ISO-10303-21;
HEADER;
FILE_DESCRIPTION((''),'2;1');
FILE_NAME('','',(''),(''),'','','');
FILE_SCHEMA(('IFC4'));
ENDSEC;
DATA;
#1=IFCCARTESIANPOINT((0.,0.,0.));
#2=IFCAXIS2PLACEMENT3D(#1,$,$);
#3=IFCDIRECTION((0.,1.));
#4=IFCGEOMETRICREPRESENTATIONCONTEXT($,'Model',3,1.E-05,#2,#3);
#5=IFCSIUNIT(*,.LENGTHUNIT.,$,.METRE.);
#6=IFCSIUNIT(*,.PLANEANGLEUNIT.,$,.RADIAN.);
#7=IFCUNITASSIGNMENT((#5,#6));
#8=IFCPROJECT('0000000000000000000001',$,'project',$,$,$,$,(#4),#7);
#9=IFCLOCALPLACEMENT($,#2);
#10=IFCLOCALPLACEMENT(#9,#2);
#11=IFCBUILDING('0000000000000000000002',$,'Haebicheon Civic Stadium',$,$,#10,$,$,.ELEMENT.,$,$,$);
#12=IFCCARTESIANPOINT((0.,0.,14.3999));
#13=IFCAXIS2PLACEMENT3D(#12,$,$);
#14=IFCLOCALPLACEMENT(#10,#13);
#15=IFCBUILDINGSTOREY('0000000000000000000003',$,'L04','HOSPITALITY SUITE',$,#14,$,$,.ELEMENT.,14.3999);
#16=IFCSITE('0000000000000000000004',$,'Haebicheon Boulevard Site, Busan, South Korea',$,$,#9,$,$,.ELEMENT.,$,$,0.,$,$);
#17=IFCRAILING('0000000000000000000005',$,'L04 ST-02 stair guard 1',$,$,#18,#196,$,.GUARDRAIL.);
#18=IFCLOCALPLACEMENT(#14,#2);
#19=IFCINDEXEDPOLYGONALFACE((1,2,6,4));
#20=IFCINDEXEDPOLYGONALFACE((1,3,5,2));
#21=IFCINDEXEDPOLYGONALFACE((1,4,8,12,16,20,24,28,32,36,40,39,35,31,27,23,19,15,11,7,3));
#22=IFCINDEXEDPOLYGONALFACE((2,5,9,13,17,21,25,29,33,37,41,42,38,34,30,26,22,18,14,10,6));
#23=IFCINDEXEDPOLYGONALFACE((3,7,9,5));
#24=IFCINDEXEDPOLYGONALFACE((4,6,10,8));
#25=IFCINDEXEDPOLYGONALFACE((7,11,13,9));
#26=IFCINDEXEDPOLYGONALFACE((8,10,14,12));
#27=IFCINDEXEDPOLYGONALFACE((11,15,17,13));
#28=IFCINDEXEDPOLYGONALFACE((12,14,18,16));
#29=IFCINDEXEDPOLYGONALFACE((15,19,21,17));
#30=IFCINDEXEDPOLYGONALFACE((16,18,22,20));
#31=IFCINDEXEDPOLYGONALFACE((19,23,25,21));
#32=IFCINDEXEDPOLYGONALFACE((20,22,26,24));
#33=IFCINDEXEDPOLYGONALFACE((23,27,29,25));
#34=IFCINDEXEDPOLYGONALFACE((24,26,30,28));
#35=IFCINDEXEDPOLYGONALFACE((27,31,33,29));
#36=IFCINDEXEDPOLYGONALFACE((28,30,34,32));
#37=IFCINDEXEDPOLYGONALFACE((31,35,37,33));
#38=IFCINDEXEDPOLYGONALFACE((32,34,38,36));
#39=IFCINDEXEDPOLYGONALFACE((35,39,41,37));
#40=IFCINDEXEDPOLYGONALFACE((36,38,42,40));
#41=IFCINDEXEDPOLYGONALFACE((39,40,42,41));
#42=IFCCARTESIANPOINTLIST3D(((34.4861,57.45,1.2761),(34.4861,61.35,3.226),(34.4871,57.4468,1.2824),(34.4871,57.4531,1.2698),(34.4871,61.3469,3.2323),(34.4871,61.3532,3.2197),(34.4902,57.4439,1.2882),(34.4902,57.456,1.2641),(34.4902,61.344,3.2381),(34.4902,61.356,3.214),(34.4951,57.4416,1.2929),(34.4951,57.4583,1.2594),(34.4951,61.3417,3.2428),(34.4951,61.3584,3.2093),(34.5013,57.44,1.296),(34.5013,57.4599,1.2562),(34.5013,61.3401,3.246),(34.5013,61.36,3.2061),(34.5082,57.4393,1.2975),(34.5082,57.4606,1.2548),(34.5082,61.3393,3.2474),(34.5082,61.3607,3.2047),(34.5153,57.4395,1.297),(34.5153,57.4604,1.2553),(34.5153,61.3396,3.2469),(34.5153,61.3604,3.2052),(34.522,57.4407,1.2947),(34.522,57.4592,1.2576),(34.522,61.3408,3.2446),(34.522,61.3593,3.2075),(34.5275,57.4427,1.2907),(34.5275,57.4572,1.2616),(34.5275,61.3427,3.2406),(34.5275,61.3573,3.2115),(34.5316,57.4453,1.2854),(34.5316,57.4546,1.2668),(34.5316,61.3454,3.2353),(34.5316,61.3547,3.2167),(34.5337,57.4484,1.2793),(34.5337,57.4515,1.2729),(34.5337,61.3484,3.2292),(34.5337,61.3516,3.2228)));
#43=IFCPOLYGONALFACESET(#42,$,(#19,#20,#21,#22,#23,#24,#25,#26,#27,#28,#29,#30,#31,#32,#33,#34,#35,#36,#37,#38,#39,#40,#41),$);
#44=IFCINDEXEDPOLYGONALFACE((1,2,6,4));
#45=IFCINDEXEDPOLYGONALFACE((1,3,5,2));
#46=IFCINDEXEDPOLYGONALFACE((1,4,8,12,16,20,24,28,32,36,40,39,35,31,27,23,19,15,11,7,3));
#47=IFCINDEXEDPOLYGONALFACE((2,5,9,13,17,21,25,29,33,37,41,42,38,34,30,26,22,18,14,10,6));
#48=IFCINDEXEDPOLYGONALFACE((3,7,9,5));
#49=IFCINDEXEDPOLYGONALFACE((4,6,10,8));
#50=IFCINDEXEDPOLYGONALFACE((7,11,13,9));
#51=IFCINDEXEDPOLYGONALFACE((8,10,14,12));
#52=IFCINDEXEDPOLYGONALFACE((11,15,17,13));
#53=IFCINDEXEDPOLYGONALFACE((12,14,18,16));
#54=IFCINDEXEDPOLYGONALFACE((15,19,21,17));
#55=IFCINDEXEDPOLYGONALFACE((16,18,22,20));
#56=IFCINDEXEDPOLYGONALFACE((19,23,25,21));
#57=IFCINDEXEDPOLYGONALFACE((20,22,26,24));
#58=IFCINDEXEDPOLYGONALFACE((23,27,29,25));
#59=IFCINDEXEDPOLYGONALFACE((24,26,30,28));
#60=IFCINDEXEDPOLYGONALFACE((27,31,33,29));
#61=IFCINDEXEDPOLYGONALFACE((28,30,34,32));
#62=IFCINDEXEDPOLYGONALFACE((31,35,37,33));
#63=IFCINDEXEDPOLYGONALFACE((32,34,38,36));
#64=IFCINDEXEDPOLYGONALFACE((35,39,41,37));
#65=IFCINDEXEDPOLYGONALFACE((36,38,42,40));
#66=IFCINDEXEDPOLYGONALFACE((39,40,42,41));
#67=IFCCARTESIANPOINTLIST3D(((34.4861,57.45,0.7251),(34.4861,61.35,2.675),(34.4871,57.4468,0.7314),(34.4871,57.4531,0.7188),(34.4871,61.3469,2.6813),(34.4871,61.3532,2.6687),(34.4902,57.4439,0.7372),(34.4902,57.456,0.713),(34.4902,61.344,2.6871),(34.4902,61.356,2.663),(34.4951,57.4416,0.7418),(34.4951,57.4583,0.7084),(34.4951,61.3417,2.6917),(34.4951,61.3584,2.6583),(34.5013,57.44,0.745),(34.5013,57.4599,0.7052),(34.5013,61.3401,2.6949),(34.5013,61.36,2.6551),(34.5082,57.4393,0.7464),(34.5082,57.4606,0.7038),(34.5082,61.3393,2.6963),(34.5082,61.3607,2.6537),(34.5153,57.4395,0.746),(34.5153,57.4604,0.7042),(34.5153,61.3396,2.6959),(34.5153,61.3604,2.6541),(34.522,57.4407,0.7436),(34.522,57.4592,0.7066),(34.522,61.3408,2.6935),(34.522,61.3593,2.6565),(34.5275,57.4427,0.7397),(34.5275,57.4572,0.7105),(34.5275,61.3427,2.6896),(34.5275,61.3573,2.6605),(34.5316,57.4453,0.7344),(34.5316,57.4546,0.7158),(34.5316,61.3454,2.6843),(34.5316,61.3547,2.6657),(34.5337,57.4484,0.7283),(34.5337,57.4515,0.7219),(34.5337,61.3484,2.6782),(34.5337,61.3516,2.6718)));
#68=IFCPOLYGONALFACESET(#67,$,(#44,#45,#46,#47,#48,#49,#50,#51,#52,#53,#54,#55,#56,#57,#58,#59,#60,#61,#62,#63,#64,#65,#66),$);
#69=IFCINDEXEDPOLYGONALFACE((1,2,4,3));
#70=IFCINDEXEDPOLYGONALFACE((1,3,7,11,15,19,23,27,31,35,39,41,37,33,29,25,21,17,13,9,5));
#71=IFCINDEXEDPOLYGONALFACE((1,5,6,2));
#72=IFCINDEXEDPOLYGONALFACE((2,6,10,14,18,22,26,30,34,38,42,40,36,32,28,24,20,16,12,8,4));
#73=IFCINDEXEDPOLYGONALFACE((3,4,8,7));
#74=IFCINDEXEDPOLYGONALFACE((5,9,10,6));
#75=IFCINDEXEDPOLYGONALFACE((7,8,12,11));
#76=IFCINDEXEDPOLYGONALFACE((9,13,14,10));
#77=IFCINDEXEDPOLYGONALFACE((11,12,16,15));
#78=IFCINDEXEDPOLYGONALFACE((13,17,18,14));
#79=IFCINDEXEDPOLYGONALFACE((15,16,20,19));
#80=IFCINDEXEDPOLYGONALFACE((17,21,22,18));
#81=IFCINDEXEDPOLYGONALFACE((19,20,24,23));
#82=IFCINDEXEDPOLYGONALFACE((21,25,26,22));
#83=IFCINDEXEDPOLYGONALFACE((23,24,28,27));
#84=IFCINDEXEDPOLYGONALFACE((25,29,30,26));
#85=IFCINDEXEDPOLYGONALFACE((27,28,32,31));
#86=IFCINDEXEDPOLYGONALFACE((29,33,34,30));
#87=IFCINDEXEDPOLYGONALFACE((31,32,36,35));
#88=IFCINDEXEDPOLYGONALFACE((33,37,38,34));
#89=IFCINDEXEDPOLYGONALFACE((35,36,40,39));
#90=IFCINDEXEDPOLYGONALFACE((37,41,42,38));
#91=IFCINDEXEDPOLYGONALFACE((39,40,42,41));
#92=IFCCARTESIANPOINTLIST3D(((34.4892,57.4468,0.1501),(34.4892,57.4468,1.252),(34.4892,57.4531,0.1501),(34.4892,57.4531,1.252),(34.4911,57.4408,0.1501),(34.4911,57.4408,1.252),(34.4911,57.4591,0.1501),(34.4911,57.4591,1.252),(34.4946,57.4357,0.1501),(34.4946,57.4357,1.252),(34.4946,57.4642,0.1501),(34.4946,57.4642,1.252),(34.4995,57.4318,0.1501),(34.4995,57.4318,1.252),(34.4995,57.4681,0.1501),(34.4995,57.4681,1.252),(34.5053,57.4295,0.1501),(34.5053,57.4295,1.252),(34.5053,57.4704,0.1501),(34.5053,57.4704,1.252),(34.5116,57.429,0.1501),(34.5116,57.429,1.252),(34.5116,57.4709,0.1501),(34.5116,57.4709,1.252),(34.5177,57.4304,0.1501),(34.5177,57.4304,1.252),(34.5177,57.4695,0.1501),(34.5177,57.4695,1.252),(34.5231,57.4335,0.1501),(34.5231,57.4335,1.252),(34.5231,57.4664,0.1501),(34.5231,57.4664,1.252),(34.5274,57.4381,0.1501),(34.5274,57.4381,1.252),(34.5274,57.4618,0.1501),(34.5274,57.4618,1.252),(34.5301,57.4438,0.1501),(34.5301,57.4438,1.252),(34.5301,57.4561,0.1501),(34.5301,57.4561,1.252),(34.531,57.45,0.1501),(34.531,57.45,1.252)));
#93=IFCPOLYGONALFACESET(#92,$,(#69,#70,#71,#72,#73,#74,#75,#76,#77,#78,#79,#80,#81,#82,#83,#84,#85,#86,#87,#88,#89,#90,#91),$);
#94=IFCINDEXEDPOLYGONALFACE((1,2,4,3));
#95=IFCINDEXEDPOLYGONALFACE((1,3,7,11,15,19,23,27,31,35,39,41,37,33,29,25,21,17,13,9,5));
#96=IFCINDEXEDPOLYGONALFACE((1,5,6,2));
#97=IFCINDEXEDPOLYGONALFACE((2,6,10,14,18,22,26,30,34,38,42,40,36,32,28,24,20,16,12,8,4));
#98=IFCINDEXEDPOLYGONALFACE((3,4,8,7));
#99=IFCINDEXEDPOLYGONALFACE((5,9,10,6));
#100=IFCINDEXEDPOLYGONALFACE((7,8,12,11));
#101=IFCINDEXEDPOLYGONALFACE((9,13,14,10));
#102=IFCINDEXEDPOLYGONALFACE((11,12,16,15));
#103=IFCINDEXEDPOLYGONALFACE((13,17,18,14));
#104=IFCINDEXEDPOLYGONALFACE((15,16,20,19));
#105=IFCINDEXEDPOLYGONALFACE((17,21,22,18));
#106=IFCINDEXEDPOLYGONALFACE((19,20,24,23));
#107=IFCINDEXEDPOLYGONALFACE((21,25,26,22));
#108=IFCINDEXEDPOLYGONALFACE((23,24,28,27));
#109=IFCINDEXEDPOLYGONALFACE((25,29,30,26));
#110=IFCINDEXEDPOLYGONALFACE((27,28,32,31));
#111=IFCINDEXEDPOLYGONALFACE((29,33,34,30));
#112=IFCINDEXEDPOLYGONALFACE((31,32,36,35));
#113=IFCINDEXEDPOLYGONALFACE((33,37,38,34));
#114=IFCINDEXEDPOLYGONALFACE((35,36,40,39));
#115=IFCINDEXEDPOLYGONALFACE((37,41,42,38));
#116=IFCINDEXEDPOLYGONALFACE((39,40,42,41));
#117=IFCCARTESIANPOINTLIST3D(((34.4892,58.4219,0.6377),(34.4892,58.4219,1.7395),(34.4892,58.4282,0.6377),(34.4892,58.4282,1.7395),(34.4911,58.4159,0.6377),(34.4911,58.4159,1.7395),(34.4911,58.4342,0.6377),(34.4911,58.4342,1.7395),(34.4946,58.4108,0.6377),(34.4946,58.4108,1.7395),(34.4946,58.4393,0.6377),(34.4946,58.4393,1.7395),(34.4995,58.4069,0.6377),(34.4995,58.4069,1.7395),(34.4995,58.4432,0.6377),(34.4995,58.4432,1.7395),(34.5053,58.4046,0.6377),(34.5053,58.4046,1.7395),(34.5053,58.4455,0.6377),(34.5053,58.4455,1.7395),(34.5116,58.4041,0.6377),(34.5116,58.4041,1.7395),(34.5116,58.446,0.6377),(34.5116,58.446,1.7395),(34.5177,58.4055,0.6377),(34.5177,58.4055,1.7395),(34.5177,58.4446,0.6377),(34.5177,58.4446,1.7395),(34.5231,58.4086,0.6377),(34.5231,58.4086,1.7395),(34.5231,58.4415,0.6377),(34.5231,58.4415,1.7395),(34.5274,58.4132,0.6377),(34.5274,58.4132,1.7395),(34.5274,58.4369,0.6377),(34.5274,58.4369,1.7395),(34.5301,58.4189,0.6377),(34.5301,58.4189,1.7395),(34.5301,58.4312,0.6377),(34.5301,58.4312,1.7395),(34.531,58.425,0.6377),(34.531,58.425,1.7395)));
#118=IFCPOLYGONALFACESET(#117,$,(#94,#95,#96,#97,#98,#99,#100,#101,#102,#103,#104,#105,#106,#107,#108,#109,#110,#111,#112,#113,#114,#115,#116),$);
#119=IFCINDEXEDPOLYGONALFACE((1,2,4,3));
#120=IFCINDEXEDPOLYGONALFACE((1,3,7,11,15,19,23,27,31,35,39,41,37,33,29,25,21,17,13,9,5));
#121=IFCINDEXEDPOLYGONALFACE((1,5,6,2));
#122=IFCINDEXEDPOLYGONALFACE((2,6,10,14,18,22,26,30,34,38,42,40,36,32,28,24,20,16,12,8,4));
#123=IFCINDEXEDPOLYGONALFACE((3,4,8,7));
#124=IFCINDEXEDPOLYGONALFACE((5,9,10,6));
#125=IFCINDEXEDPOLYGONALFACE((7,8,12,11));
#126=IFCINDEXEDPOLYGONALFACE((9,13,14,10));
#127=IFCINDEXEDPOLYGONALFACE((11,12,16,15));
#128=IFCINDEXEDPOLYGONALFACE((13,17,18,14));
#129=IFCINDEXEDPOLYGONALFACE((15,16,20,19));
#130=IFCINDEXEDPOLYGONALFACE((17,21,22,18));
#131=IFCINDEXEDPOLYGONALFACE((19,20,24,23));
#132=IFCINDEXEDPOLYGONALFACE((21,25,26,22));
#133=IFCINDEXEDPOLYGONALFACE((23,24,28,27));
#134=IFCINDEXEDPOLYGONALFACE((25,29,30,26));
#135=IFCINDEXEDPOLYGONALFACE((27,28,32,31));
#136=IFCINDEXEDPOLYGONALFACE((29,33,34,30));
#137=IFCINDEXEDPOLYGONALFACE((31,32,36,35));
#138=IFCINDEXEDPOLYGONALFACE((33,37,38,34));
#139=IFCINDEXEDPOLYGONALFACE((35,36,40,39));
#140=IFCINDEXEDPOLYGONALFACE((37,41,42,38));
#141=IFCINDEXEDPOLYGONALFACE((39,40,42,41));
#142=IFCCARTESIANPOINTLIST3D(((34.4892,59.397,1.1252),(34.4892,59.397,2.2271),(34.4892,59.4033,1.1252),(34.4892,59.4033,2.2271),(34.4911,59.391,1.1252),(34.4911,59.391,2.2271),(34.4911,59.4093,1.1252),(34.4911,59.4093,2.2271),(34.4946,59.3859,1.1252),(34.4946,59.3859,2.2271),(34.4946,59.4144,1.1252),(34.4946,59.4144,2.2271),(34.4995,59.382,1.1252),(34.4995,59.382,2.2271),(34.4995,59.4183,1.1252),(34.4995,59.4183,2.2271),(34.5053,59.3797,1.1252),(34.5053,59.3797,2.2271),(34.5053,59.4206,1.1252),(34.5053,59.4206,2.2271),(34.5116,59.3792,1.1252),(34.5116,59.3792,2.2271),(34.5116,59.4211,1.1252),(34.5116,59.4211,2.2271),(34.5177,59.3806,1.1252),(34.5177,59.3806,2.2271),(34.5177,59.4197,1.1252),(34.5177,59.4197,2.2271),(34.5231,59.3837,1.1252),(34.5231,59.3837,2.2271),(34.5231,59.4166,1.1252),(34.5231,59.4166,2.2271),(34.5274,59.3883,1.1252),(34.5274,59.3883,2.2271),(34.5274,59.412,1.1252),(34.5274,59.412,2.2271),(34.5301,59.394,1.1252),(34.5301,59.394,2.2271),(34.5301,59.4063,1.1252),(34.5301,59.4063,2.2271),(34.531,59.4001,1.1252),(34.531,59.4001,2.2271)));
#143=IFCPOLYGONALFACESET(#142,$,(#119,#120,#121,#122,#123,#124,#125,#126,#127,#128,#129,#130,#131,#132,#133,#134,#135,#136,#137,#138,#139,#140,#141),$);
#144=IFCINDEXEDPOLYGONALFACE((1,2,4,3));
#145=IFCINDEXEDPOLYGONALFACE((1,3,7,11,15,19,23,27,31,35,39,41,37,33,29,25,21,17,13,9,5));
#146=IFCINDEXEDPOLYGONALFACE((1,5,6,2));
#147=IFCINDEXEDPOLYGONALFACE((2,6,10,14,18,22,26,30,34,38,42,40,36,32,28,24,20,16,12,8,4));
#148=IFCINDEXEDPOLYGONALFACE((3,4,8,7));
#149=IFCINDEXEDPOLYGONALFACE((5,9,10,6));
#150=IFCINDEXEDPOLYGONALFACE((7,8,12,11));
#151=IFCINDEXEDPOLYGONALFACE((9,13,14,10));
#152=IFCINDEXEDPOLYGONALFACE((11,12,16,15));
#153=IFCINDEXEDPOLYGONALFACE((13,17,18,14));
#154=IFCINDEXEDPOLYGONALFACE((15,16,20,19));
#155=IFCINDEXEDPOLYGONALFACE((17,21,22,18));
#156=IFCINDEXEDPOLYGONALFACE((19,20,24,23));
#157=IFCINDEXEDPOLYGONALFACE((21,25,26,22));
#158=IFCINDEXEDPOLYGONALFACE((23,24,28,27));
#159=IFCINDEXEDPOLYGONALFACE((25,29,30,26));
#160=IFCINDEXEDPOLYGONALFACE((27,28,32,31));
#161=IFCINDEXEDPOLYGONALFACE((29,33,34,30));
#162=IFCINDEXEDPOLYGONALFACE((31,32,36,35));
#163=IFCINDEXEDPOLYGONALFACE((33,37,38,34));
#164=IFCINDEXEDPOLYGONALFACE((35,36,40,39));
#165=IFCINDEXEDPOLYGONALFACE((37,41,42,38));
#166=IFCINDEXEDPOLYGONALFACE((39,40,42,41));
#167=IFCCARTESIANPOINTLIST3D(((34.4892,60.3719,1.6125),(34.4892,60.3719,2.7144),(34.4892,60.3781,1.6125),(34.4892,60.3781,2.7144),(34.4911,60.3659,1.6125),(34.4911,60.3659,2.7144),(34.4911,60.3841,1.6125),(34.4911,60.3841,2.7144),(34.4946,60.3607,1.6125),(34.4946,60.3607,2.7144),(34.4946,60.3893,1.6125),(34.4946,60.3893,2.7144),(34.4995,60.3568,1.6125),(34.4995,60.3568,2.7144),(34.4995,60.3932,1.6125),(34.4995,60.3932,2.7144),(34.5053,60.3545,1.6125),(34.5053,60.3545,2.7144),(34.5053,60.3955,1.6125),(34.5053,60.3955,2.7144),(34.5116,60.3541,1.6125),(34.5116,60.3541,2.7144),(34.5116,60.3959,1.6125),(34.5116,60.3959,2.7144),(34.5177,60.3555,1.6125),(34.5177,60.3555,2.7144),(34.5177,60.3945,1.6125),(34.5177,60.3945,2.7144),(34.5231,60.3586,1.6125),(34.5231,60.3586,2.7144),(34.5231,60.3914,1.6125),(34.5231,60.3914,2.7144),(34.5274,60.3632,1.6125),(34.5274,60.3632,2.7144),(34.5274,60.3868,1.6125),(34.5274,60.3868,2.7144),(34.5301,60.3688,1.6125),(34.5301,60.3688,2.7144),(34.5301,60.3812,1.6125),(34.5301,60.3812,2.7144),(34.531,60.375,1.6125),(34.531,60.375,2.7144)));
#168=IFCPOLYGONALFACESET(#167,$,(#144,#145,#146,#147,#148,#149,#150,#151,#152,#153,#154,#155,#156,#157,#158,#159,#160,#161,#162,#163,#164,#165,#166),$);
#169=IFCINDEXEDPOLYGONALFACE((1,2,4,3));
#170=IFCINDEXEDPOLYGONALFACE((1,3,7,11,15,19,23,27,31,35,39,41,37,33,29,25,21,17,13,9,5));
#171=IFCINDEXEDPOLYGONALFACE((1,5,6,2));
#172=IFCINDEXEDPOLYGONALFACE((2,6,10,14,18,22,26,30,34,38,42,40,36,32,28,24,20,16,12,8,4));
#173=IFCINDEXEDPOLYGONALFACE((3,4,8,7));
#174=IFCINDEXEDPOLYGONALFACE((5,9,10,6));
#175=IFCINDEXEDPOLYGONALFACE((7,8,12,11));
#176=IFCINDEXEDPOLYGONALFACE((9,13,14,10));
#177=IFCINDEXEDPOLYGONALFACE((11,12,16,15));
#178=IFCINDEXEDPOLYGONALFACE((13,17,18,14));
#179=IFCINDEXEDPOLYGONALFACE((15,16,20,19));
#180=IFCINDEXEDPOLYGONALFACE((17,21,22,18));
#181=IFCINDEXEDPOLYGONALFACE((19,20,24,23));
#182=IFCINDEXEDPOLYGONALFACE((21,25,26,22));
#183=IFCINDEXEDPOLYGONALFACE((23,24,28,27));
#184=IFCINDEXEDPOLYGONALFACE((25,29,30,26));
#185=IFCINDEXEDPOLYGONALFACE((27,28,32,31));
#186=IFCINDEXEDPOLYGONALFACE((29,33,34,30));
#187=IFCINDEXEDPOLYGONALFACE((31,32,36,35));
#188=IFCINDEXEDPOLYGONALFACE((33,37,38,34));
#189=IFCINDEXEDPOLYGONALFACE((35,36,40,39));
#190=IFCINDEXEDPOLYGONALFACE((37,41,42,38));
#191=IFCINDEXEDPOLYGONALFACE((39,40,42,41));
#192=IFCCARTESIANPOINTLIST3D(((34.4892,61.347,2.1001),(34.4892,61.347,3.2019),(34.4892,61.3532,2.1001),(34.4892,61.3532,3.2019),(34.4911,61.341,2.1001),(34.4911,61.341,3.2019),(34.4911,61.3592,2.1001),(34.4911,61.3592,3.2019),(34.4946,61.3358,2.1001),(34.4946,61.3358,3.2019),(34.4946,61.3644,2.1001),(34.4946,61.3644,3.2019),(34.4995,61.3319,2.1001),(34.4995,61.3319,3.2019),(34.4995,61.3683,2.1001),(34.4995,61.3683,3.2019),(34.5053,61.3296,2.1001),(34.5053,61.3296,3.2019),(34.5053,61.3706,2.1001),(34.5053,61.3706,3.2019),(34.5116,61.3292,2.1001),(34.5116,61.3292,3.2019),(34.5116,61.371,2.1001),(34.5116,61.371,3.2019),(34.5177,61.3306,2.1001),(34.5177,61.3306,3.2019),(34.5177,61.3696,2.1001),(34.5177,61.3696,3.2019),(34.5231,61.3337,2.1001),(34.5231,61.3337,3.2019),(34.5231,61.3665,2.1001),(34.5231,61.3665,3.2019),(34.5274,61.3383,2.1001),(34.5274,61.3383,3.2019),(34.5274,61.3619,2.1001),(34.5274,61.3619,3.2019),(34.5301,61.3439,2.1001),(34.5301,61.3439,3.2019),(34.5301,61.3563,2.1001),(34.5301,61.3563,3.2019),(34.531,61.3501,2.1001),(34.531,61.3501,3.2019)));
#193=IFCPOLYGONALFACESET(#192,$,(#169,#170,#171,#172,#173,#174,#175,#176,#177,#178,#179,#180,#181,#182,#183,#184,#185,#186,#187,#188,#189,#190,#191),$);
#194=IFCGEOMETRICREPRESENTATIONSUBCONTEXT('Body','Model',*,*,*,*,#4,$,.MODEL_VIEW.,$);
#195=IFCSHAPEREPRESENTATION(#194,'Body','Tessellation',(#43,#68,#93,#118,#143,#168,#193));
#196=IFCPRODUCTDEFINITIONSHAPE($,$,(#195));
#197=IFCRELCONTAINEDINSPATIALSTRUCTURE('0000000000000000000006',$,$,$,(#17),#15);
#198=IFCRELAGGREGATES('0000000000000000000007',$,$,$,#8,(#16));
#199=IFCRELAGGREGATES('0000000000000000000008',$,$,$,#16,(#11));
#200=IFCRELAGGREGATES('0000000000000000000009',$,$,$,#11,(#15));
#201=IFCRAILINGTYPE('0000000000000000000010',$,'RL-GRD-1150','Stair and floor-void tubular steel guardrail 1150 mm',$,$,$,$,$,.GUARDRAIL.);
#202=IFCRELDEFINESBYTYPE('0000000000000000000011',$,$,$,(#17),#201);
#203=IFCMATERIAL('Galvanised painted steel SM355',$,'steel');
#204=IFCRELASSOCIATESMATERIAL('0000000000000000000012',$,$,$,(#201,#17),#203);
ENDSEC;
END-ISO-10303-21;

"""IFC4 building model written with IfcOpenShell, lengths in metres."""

from ifc_helpers import new_model, si_unit, direction, frame, origin, origin_2d, place, context, subcontext, project, spatial, circle, extrude, material, type_object, element, save


model = new_model("IFC4")

# Units and contexts
model_context = context("Model", 3, precision=1e-05, world=origin(), true_north=direction((0.0, 1.0)))
body_context = subcontext(model_context, "Body", "Model", "MODEL_VIEW")
ifc_project = project(units=[si_unit("LENGTHUNIT", "METRE"), si_unit("PLANEANGLEUNIT", "RADIAN")], contexts=[model_context])

# Site, building, storey
site_placement = place(None, origin())
site = spatial("IfcSite", under=ifc_project, at=site_placement, Name="Haebicheon Boulevard Site, Busan, South Korea", CompositionType="ELEMENT", RefElevation=0.0)
building_placement = place(site_placement, origin())
building = spatial("IfcBuilding", under=site, at=building_placement, Name="Haebicheon Civic Stadium", CompositionType="ELEMENT")
storey_placement = place(building_placement, frame((0.0, 0.0, 14.3999)))
storey = spatial("IfcBuildingStorey", under=building, at=storey_placement, Name="L04", Description="HOSPITALITY SUITE", CompositionType="ELEMENT", Elevation=14.3999)

# Railing
ifc_material_1 = material(Name="Galvanised painted steel SM355", Category="steel")
railing_type_1 = type_object("IfcRailingType", Name="RL-GRD-1150", Description="Stair and floor-void tubular steel guardrail 1150 mm", PredefinedType="GUARDRAIL", material=ifc_material_1)
railing_1_placement = place(storey_placement, frame((34.51, 57.45, 0.1501)))
element("IfcRailing", 1, at=railing_1_placement, inside=storey, type_object=railing_type_1, material=ifc_material_1, Name="L04 ST-02 stair guard 1", PredefinedType="GUARDRAIL", context=body_context, shape_type="SweptSolid", body=[
    extrude(circle(Radius=0.0239, at=origin_2d()), frame((0.0, 0.0, 1.126), z_axis=(0.0, 0.894438, 0.447191), x_axis=(-1.0, 0.0, 0.0)), (0.0, 0.0, 1.0), 4.3604),
    extrude(circle(Radius=0.0239, at=origin_2d()), frame((0.0, 0.0, 0.575), z_axis=(0.0, 0.894438, 0.447191), x_axis=(-1.0, 0.0, 0.0)), (0.0, 0.0, 1.0), 4.3604),
    extrude(circle(Radius=0.021, at=origin_2d()), origin(), (0.0, 0.0, 1.0), 1.1018),
    extrude(circle(Radius=0.021, at=origin_2d()), frame((0.0, 0.9751, 0.4875)), (0.0, 0.0, 1.0), 1.1018),
    extrude(circle(Radius=0.021, at=origin_2d()), frame((0.0, 1.9502, 0.9751)), (0.0, 0.0, 1.0), 1.1018),
    extrude(circle(Radius=0.021, at=origin_2d()), frame((0.0, 2.925, 1.4624)), (0.0, 0.0, 1.0), 1.1018),
    extrude(circle(Radius=0.021, at=origin_2d()), frame((0.0, 3.9001, 1.95)), (0.0, 0.0, 1.0), 1.1018),
])

save(model, "model.ifc")
